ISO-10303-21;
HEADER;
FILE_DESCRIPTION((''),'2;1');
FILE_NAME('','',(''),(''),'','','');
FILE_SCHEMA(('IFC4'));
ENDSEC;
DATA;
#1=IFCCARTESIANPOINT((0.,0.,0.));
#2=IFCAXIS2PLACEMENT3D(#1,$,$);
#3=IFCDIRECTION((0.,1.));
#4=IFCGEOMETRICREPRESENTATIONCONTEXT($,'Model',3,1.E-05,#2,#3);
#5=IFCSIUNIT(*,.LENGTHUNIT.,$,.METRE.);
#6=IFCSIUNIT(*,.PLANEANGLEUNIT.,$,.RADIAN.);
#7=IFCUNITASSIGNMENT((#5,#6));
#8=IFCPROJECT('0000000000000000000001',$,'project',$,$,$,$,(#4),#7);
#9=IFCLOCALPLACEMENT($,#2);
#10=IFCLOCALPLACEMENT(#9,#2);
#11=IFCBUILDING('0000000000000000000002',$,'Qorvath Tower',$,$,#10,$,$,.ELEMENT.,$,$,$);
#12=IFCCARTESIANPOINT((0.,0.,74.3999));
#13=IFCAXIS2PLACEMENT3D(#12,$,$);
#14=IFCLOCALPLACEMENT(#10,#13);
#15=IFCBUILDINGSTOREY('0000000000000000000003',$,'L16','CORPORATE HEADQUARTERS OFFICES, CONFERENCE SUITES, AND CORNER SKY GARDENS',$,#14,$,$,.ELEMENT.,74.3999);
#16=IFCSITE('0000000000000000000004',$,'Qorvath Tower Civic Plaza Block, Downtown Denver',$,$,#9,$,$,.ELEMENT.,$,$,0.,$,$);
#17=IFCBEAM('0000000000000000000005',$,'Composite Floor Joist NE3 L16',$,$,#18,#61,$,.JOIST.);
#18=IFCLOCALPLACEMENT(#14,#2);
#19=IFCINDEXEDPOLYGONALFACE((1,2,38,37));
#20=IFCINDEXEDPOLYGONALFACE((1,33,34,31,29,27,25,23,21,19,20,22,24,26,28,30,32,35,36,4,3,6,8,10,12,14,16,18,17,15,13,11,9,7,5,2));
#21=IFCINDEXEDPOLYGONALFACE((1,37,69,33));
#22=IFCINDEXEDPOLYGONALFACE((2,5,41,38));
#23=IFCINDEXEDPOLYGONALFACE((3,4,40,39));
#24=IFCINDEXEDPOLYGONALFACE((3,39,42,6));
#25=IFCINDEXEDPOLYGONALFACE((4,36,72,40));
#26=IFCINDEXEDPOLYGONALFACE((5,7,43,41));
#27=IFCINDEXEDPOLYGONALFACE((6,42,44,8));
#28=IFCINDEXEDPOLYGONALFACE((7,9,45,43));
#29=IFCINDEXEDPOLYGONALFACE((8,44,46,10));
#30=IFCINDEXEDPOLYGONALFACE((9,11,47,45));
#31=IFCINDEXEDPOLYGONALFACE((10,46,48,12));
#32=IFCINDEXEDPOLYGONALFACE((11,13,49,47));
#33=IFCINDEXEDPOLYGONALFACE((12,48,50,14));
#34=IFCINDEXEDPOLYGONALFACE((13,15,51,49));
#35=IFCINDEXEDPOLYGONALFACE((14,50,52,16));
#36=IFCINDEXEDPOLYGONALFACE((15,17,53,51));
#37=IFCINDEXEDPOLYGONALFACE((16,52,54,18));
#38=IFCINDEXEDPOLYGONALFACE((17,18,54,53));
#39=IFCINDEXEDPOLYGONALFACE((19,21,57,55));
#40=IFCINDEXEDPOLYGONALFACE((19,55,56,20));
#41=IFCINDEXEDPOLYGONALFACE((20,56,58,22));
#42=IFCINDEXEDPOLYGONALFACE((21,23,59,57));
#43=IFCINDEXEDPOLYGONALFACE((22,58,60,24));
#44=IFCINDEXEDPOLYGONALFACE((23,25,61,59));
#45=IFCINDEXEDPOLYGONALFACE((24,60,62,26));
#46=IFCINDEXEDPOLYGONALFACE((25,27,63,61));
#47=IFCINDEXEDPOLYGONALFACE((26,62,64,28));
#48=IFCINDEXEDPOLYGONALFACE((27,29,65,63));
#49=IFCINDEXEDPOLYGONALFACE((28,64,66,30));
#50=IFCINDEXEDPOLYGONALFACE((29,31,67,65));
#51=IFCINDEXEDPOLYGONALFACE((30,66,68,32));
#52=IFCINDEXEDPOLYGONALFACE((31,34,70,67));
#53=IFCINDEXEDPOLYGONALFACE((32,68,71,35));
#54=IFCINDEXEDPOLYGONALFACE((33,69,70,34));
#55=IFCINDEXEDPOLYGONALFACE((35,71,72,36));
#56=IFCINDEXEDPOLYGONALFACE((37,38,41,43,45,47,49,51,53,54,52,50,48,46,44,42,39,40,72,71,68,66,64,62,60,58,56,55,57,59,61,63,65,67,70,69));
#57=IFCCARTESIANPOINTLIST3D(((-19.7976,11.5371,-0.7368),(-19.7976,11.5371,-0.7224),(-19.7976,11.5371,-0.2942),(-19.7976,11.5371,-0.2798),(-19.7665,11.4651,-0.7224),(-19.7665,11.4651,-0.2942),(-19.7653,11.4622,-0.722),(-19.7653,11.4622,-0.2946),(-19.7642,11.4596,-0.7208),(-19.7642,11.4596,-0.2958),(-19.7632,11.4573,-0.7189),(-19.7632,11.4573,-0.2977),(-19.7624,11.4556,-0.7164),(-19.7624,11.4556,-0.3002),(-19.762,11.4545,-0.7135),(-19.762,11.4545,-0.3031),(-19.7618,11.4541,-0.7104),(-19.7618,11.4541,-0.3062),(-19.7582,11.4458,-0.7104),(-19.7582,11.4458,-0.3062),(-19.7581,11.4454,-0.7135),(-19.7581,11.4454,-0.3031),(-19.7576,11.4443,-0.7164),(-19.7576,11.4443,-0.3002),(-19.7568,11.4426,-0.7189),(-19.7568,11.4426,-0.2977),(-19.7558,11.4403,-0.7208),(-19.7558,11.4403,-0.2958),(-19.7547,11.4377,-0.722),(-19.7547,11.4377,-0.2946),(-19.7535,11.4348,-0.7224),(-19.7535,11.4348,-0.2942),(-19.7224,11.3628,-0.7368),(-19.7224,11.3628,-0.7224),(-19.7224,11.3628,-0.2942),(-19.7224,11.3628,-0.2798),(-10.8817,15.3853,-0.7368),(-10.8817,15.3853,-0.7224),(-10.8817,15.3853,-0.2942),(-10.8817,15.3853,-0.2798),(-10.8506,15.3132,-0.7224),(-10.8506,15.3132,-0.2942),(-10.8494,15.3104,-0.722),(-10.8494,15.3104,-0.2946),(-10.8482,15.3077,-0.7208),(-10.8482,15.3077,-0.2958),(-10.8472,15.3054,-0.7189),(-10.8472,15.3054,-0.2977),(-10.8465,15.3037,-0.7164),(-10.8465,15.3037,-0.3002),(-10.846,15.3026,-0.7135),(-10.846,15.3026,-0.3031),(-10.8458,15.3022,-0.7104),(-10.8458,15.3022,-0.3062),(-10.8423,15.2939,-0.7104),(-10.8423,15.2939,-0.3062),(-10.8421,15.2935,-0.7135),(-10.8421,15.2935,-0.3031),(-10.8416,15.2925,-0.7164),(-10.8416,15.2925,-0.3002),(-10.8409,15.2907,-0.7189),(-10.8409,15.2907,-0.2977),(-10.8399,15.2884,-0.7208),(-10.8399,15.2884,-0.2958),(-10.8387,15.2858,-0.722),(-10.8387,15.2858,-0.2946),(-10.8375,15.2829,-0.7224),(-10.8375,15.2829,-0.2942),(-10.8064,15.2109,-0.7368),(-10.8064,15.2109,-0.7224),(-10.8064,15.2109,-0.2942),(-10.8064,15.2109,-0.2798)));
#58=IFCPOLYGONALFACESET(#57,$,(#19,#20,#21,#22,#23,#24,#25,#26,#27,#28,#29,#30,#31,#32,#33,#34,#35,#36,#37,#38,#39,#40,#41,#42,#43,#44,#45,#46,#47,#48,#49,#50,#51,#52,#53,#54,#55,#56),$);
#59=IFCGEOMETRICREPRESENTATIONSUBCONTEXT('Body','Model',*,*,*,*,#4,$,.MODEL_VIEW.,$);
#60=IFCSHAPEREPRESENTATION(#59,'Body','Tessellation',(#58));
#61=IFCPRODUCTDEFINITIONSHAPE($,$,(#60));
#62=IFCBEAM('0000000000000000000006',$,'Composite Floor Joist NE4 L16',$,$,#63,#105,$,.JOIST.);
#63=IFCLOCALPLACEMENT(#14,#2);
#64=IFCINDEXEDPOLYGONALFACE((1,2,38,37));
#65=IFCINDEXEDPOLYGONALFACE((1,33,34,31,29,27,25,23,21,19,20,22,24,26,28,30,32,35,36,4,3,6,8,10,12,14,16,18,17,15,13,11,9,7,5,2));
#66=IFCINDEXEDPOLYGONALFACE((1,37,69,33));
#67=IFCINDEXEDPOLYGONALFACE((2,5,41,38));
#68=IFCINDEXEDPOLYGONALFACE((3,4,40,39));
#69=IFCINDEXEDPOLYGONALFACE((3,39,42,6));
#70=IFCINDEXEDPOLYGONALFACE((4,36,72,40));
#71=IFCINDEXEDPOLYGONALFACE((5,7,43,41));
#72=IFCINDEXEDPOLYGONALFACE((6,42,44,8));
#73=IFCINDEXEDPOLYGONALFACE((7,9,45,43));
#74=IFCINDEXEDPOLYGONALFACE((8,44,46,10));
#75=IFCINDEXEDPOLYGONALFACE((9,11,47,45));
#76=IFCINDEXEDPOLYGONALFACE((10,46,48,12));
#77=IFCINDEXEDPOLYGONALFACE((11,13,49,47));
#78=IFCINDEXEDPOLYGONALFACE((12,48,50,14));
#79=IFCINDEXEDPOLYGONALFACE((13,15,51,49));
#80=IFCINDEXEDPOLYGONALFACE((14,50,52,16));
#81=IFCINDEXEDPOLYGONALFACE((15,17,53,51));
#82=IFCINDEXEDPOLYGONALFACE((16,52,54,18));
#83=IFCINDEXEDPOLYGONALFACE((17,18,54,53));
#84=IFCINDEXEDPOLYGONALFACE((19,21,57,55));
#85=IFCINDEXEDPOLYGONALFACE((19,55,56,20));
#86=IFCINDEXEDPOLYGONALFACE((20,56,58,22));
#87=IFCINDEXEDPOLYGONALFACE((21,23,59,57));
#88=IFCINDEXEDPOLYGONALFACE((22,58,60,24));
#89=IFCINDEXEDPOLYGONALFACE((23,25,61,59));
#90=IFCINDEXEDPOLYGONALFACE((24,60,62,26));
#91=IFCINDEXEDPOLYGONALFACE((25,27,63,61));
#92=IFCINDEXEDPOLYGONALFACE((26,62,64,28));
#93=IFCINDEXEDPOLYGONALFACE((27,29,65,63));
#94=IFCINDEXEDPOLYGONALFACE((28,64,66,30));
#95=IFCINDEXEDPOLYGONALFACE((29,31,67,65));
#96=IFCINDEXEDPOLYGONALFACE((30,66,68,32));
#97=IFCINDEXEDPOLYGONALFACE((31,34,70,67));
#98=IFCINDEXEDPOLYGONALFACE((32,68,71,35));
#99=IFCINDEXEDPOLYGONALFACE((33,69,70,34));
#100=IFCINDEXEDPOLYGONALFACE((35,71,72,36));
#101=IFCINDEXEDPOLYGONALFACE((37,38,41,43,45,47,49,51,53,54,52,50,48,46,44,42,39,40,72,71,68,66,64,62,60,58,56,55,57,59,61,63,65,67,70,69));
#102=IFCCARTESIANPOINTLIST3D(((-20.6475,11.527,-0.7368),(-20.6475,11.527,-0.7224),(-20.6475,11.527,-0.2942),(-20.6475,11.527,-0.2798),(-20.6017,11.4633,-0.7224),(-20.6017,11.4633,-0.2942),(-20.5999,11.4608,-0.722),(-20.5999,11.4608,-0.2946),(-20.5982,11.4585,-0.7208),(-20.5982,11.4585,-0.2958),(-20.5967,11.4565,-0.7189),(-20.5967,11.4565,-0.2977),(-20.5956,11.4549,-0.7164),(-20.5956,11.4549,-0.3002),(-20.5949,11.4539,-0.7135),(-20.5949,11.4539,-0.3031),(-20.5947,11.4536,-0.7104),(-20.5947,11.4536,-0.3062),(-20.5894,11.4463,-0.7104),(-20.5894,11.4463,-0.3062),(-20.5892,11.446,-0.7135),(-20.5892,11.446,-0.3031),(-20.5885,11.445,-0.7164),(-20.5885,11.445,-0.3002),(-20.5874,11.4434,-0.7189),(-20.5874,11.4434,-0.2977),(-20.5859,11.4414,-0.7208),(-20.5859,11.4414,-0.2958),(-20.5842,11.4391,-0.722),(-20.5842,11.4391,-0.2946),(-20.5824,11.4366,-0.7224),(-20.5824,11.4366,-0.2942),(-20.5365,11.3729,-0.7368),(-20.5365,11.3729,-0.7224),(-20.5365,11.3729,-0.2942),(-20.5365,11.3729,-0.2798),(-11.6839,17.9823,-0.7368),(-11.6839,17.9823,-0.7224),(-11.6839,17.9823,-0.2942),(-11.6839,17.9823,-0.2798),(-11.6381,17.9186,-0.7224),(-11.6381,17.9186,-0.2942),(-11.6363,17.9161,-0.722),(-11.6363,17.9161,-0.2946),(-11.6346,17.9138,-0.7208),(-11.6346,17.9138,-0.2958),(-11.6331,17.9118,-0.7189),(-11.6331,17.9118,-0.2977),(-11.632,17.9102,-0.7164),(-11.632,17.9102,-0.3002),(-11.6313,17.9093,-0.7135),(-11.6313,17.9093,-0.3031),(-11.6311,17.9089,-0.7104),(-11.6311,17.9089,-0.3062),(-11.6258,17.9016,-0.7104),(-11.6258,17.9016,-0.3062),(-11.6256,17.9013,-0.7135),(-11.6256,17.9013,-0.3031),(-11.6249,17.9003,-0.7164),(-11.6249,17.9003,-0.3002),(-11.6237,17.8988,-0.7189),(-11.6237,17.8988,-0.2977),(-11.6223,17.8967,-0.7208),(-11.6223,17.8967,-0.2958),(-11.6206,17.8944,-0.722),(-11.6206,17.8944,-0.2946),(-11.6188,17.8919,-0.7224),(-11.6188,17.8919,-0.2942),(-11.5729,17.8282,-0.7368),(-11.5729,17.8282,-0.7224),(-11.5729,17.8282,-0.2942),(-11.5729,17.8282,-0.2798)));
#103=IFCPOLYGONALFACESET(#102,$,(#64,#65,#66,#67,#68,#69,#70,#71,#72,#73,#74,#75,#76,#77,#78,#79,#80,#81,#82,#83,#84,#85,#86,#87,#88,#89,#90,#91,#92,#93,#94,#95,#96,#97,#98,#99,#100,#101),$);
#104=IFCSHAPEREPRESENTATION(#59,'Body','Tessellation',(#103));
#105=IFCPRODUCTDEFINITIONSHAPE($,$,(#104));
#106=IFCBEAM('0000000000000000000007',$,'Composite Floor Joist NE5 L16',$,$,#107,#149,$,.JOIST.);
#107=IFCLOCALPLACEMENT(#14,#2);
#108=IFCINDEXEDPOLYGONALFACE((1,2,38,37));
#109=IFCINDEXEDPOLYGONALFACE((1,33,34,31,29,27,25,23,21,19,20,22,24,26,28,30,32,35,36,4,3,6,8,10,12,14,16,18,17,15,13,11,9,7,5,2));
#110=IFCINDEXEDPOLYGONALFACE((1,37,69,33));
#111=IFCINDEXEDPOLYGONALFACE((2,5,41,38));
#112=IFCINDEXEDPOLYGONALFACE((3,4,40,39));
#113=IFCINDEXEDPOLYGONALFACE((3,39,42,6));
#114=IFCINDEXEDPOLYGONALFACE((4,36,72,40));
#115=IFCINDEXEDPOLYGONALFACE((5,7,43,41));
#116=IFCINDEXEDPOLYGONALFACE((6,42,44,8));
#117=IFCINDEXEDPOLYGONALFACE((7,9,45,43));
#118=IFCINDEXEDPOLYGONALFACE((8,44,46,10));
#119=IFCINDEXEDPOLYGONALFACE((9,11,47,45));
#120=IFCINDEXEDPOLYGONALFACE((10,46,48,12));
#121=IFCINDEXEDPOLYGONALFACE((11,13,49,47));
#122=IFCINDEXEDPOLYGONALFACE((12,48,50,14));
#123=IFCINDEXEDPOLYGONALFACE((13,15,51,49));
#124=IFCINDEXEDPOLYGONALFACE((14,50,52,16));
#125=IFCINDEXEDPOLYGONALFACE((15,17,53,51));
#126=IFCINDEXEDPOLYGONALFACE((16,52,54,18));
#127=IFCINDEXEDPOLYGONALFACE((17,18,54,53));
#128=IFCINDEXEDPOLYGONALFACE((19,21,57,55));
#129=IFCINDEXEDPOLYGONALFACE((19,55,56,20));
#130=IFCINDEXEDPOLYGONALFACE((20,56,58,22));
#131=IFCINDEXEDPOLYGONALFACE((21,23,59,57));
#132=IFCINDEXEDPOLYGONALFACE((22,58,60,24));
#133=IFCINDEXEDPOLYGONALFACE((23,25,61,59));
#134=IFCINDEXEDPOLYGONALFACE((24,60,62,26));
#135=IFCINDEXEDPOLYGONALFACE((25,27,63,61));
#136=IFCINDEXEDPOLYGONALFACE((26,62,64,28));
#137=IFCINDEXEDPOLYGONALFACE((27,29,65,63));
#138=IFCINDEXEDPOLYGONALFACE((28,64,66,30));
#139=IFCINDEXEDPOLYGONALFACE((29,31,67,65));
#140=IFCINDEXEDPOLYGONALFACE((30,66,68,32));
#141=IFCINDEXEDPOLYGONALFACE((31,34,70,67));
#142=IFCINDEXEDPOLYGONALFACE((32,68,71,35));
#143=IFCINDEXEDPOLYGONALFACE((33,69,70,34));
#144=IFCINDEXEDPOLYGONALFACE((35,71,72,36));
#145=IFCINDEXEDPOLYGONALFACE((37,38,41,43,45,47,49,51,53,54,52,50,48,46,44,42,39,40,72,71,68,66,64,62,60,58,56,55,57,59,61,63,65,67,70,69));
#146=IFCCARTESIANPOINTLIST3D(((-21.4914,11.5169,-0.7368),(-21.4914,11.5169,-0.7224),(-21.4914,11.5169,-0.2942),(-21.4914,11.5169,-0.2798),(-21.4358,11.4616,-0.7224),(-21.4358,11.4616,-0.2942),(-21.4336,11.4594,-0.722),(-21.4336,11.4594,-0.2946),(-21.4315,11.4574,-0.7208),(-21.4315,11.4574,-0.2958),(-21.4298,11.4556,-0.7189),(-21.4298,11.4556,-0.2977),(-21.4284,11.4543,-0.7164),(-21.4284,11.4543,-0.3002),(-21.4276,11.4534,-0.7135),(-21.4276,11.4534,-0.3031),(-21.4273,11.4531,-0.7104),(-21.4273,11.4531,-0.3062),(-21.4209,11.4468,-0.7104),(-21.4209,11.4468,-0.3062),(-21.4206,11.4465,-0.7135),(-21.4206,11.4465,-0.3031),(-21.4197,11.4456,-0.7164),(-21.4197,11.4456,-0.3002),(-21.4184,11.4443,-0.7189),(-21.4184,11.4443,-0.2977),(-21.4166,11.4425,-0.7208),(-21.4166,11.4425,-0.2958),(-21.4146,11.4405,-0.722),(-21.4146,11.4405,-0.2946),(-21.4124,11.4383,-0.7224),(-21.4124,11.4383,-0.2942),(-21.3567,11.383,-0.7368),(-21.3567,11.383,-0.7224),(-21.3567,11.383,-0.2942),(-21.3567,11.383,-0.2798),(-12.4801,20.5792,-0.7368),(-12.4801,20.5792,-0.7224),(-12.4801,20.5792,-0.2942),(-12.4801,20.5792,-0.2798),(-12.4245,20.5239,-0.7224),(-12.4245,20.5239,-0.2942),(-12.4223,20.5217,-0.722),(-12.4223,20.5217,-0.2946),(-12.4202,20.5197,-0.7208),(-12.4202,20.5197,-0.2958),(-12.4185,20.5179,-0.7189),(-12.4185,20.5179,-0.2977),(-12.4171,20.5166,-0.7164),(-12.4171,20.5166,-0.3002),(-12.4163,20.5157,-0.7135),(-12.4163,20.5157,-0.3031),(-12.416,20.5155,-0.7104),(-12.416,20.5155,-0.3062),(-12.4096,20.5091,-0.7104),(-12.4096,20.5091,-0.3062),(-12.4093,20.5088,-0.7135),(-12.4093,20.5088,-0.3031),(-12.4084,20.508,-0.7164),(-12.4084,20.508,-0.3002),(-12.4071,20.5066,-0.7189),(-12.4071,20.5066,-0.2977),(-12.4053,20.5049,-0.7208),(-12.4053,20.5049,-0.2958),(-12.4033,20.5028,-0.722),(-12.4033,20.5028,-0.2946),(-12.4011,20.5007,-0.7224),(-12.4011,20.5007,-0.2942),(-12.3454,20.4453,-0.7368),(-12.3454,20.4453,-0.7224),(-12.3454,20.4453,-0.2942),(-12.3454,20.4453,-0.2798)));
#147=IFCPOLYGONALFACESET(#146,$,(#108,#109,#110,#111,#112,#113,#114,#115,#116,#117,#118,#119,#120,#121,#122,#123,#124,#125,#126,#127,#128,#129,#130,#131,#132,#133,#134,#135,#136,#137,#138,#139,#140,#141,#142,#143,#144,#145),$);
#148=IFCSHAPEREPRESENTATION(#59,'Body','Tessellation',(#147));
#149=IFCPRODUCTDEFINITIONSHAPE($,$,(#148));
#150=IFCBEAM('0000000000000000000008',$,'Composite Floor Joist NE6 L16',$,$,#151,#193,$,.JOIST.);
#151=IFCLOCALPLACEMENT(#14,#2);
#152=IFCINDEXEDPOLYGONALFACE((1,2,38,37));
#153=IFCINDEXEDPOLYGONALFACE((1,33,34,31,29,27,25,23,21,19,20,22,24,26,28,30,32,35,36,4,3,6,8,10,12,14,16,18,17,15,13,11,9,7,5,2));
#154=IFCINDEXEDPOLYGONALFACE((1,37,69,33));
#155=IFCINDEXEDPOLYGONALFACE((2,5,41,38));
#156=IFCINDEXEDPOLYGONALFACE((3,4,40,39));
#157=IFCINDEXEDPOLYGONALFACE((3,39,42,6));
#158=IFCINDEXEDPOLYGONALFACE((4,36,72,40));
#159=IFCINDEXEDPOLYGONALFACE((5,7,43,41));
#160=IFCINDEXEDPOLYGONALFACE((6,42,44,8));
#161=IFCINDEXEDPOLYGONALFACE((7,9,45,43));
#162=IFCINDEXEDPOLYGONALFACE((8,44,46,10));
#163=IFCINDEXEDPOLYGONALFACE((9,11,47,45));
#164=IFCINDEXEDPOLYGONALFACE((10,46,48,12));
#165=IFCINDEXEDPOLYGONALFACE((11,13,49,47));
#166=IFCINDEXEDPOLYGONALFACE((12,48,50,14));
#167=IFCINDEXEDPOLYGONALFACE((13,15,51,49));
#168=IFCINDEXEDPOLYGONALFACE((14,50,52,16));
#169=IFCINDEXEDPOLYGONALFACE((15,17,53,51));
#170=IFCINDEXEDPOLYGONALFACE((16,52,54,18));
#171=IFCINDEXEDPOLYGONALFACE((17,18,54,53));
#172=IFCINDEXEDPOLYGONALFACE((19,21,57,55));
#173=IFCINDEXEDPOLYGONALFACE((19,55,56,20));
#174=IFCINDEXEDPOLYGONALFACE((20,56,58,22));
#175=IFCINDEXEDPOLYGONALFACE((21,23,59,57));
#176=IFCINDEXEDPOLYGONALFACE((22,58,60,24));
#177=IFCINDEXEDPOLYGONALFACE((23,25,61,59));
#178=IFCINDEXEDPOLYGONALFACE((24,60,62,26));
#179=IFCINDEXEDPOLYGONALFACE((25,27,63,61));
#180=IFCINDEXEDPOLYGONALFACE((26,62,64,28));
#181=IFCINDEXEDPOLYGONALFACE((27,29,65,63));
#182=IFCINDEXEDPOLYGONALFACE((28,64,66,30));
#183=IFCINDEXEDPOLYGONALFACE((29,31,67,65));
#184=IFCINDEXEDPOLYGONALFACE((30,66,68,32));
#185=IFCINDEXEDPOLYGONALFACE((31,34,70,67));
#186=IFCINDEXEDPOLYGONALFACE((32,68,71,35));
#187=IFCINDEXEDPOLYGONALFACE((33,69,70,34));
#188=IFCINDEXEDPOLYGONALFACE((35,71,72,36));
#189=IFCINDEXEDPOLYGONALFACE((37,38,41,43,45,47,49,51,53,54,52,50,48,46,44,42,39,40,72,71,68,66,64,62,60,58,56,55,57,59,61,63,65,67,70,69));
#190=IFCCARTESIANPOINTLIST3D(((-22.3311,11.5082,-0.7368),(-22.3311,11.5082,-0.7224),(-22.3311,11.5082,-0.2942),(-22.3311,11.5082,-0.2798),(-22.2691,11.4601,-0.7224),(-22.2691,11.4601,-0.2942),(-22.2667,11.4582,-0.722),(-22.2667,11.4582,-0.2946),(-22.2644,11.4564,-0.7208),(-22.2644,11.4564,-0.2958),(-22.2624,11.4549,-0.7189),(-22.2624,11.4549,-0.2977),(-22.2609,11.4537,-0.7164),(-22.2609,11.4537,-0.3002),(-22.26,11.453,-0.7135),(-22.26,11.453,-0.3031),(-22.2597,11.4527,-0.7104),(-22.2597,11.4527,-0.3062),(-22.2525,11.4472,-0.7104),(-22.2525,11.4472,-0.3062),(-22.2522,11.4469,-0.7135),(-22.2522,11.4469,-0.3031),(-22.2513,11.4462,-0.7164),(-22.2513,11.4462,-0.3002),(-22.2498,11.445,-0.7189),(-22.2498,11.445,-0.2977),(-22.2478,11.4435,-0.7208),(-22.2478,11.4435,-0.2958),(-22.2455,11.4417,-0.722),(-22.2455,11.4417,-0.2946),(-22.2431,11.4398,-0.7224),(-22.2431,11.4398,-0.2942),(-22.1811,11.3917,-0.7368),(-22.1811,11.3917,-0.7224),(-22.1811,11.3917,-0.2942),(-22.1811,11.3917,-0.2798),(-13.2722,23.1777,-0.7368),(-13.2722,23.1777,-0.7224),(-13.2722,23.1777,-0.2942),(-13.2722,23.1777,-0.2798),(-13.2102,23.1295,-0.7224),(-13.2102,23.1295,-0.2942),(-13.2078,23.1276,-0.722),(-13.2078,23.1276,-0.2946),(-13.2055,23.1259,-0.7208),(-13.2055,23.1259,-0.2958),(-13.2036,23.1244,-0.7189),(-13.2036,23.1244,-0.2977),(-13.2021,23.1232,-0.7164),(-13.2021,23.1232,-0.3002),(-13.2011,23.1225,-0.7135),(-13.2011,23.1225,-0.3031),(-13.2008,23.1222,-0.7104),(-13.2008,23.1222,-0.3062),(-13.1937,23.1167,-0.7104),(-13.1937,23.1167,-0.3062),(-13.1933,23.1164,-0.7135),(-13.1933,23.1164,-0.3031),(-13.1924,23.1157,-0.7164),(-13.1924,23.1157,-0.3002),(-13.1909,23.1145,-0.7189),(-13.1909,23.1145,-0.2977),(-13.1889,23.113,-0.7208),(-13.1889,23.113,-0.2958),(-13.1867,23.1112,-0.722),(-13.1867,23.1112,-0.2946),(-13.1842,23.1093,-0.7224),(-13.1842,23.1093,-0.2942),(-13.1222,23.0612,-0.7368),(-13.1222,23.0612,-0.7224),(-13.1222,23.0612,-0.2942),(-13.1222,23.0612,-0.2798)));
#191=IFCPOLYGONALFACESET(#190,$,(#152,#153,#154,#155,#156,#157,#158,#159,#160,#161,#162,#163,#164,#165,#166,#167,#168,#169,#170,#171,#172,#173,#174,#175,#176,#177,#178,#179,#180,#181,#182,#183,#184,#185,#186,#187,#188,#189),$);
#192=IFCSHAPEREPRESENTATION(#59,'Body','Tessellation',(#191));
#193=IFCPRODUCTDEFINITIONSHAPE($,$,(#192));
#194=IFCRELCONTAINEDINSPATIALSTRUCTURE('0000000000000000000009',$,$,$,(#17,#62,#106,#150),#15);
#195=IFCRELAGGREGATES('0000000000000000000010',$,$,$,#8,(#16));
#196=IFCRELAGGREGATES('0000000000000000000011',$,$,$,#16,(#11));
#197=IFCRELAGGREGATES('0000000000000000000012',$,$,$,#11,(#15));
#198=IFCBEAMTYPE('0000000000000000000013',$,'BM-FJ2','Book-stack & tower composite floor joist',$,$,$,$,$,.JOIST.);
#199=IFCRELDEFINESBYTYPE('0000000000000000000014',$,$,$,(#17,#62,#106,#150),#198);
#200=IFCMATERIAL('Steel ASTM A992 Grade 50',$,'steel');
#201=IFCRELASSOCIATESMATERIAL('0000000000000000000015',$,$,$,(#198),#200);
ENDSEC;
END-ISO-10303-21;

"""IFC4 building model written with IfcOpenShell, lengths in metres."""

from ifc_helpers import new_model, si_unit, direction, frame, origin, origin_2d, place, context, subcontext, project, spatial, i_section, extrude, material, material_profile, profile_set, type_object, element, save


model = new_model("IFC4")

# Units and contexts
model_context = context("Model", 3, precision=1e-05, world=origin(), true_north=direction((0.0, 1.0)))
body_context = subcontext(model_context, "Body", "Model", "MODEL_VIEW")
ifc_project = project(units=[si_unit("LENGTHUNIT", "METRE"), si_unit("PLANEANGLEUNIT", "RADIAN")], contexts=[model_context])

# Site, building, storey
site_placement = place(None, origin())
site = spatial("IfcSite", under=ifc_project, at=site_placement, Name="Qorvath Tower Civic Plaza Block, Downtown Denver", CompositionType="ELEMENT", RefElevation=0.0)
building_placement = place(site_placement, origin())
building = spatial("IfcBuilding", under=site, at=building_placement, Name="Qorvath Tower", CompositionType="ELEMENT")
storey_placement = place(building_placement, frame((0.0, 0.0, 74.3999)))
storey = spatial("IfcBuildingStorey", under=building, at=storey_placement, Name="L16", Description="CORPORATE HEADQUARTERS OFFICES, CONFERENCE SUITES, AND CORNER SKY GARDENS", CompositionType="ELEMENT", Elevation=74.3999)

# Beams
ifc_material_1 = material(Name="Steel ASTM A992 Grade 50", Category="steel")
ifc_material_profile_1 = material_profile(ifc_material_1, i_section(OverallWidth=0.1899, OverallDepth=0.457, WebThickness=0.009, FlangeThickness=0.0144, FilletRadius=0.012, at=origin_2d()), Name="W18x50")
ifc_profile_set_1 = profile_set([ifc_material_profile_1], Name="Steel ASTM A992 Grade 50")
beam_type_1 = type_object("IfcBeamType", Name="BM-FJ2", Description="Book-stack & tower composite floor joist", PredefinedType="JOIST", material=ifc_profile_set_1)
beam_1_placement = place(storey_placement, frame((-19.76, 11.45, -0.5083), z_axis=(0.918136, 0.396266, 0.0), x_axis=(-0.396266, 0.918136, 0.0)))
element("IfcBeam", 1, at=beam_1_placement, inside=storey, type_object=beam_type_1, Name="Composite Floor Joist NE3 L16", PredefinedType="JOIST", context=body_context, shape_type="SweptSolid", body=[
    extrude(i_section(OverallWidth=0.1899, OverallDepth=0.457, WebThickness=0.009, FlangeThickness=0.0144, FilletRadius=0.012, at=origin_2d()), origin(), (0.0, 0.0, 1.0), 9.7109),
])
beam_2_placement = place(storey_placement, frame((-20.592, 11.45, -0.5083), z_axis=(0.811469, 0.584395, 0.0), x_axis=(-0.584395, 0.811469, 0.0)))
element("IfcBeam", 2, at=beam_2_placement, inside=storey, type_object=beam_type_1, Name="Composite Floor Joist NE4 L16", PredefinedType="JOIST", context=body_context, shape_type="SweptSolid", body=[
    extrude(i_section(OverallWidth=0.1899, OverallDepth=0.457, WebThickness=0.009, FlangeThickness=0.0144, FilletRadius=0.012, at=origin_2d()), origin(), (0.0, 0.0, 1.0), 11.0461),
])
beam_3_placement = place(storey_placement, frame((-21.4241, 11.45, -0.5083), z_axis=(0.705108, 0.7091, 0.0), x_axis=(-0.7091, 0.705108, 0.0)))
element("IfcBeam", 3, at=beam_3_placement, inside=storey, type_object=beam_type_1, Name="Composite Floor Joist NE5 L16", PredefinedType="JOIST", context=body_context, shape_type="SweptSolid", body=[
    extrude(i_section(OverallWidth=0.1899, OverallDepth=0.457, WebThickness=0.009, FlangeThickness=0.0144, FilletRadius=0.012, at=origin_2d()), origin(), (0.0, 0.0, 1.0), 12.78),
])
beam_4_placement = place(storey_placement, frame((-22.2561, 11.45, -0.5083), z_axis=(0.613207, 0.789922, 0.0), x_axis=(-0.789922, 0.613207, 0.0)))
element("IfcBeam", 4, at=beam_4_placement, inside=storey, type_object=beam_type_1, Name="Composite Floor Joist NE6 L16", PredefinedType="JOIST", context=body_context, shape_type="SweptSolid", body=[
    extrude(i_section(OverallWidth=0.1899, OverallDepth=0.457, WebThickness=0.009, FlangeThickness=0.0144, FilletRadius=0.012, at=origin_2d()), origin(), (0.0, 0.0, 1.0), 14.7729),
])

save(model, "model.ifc")
